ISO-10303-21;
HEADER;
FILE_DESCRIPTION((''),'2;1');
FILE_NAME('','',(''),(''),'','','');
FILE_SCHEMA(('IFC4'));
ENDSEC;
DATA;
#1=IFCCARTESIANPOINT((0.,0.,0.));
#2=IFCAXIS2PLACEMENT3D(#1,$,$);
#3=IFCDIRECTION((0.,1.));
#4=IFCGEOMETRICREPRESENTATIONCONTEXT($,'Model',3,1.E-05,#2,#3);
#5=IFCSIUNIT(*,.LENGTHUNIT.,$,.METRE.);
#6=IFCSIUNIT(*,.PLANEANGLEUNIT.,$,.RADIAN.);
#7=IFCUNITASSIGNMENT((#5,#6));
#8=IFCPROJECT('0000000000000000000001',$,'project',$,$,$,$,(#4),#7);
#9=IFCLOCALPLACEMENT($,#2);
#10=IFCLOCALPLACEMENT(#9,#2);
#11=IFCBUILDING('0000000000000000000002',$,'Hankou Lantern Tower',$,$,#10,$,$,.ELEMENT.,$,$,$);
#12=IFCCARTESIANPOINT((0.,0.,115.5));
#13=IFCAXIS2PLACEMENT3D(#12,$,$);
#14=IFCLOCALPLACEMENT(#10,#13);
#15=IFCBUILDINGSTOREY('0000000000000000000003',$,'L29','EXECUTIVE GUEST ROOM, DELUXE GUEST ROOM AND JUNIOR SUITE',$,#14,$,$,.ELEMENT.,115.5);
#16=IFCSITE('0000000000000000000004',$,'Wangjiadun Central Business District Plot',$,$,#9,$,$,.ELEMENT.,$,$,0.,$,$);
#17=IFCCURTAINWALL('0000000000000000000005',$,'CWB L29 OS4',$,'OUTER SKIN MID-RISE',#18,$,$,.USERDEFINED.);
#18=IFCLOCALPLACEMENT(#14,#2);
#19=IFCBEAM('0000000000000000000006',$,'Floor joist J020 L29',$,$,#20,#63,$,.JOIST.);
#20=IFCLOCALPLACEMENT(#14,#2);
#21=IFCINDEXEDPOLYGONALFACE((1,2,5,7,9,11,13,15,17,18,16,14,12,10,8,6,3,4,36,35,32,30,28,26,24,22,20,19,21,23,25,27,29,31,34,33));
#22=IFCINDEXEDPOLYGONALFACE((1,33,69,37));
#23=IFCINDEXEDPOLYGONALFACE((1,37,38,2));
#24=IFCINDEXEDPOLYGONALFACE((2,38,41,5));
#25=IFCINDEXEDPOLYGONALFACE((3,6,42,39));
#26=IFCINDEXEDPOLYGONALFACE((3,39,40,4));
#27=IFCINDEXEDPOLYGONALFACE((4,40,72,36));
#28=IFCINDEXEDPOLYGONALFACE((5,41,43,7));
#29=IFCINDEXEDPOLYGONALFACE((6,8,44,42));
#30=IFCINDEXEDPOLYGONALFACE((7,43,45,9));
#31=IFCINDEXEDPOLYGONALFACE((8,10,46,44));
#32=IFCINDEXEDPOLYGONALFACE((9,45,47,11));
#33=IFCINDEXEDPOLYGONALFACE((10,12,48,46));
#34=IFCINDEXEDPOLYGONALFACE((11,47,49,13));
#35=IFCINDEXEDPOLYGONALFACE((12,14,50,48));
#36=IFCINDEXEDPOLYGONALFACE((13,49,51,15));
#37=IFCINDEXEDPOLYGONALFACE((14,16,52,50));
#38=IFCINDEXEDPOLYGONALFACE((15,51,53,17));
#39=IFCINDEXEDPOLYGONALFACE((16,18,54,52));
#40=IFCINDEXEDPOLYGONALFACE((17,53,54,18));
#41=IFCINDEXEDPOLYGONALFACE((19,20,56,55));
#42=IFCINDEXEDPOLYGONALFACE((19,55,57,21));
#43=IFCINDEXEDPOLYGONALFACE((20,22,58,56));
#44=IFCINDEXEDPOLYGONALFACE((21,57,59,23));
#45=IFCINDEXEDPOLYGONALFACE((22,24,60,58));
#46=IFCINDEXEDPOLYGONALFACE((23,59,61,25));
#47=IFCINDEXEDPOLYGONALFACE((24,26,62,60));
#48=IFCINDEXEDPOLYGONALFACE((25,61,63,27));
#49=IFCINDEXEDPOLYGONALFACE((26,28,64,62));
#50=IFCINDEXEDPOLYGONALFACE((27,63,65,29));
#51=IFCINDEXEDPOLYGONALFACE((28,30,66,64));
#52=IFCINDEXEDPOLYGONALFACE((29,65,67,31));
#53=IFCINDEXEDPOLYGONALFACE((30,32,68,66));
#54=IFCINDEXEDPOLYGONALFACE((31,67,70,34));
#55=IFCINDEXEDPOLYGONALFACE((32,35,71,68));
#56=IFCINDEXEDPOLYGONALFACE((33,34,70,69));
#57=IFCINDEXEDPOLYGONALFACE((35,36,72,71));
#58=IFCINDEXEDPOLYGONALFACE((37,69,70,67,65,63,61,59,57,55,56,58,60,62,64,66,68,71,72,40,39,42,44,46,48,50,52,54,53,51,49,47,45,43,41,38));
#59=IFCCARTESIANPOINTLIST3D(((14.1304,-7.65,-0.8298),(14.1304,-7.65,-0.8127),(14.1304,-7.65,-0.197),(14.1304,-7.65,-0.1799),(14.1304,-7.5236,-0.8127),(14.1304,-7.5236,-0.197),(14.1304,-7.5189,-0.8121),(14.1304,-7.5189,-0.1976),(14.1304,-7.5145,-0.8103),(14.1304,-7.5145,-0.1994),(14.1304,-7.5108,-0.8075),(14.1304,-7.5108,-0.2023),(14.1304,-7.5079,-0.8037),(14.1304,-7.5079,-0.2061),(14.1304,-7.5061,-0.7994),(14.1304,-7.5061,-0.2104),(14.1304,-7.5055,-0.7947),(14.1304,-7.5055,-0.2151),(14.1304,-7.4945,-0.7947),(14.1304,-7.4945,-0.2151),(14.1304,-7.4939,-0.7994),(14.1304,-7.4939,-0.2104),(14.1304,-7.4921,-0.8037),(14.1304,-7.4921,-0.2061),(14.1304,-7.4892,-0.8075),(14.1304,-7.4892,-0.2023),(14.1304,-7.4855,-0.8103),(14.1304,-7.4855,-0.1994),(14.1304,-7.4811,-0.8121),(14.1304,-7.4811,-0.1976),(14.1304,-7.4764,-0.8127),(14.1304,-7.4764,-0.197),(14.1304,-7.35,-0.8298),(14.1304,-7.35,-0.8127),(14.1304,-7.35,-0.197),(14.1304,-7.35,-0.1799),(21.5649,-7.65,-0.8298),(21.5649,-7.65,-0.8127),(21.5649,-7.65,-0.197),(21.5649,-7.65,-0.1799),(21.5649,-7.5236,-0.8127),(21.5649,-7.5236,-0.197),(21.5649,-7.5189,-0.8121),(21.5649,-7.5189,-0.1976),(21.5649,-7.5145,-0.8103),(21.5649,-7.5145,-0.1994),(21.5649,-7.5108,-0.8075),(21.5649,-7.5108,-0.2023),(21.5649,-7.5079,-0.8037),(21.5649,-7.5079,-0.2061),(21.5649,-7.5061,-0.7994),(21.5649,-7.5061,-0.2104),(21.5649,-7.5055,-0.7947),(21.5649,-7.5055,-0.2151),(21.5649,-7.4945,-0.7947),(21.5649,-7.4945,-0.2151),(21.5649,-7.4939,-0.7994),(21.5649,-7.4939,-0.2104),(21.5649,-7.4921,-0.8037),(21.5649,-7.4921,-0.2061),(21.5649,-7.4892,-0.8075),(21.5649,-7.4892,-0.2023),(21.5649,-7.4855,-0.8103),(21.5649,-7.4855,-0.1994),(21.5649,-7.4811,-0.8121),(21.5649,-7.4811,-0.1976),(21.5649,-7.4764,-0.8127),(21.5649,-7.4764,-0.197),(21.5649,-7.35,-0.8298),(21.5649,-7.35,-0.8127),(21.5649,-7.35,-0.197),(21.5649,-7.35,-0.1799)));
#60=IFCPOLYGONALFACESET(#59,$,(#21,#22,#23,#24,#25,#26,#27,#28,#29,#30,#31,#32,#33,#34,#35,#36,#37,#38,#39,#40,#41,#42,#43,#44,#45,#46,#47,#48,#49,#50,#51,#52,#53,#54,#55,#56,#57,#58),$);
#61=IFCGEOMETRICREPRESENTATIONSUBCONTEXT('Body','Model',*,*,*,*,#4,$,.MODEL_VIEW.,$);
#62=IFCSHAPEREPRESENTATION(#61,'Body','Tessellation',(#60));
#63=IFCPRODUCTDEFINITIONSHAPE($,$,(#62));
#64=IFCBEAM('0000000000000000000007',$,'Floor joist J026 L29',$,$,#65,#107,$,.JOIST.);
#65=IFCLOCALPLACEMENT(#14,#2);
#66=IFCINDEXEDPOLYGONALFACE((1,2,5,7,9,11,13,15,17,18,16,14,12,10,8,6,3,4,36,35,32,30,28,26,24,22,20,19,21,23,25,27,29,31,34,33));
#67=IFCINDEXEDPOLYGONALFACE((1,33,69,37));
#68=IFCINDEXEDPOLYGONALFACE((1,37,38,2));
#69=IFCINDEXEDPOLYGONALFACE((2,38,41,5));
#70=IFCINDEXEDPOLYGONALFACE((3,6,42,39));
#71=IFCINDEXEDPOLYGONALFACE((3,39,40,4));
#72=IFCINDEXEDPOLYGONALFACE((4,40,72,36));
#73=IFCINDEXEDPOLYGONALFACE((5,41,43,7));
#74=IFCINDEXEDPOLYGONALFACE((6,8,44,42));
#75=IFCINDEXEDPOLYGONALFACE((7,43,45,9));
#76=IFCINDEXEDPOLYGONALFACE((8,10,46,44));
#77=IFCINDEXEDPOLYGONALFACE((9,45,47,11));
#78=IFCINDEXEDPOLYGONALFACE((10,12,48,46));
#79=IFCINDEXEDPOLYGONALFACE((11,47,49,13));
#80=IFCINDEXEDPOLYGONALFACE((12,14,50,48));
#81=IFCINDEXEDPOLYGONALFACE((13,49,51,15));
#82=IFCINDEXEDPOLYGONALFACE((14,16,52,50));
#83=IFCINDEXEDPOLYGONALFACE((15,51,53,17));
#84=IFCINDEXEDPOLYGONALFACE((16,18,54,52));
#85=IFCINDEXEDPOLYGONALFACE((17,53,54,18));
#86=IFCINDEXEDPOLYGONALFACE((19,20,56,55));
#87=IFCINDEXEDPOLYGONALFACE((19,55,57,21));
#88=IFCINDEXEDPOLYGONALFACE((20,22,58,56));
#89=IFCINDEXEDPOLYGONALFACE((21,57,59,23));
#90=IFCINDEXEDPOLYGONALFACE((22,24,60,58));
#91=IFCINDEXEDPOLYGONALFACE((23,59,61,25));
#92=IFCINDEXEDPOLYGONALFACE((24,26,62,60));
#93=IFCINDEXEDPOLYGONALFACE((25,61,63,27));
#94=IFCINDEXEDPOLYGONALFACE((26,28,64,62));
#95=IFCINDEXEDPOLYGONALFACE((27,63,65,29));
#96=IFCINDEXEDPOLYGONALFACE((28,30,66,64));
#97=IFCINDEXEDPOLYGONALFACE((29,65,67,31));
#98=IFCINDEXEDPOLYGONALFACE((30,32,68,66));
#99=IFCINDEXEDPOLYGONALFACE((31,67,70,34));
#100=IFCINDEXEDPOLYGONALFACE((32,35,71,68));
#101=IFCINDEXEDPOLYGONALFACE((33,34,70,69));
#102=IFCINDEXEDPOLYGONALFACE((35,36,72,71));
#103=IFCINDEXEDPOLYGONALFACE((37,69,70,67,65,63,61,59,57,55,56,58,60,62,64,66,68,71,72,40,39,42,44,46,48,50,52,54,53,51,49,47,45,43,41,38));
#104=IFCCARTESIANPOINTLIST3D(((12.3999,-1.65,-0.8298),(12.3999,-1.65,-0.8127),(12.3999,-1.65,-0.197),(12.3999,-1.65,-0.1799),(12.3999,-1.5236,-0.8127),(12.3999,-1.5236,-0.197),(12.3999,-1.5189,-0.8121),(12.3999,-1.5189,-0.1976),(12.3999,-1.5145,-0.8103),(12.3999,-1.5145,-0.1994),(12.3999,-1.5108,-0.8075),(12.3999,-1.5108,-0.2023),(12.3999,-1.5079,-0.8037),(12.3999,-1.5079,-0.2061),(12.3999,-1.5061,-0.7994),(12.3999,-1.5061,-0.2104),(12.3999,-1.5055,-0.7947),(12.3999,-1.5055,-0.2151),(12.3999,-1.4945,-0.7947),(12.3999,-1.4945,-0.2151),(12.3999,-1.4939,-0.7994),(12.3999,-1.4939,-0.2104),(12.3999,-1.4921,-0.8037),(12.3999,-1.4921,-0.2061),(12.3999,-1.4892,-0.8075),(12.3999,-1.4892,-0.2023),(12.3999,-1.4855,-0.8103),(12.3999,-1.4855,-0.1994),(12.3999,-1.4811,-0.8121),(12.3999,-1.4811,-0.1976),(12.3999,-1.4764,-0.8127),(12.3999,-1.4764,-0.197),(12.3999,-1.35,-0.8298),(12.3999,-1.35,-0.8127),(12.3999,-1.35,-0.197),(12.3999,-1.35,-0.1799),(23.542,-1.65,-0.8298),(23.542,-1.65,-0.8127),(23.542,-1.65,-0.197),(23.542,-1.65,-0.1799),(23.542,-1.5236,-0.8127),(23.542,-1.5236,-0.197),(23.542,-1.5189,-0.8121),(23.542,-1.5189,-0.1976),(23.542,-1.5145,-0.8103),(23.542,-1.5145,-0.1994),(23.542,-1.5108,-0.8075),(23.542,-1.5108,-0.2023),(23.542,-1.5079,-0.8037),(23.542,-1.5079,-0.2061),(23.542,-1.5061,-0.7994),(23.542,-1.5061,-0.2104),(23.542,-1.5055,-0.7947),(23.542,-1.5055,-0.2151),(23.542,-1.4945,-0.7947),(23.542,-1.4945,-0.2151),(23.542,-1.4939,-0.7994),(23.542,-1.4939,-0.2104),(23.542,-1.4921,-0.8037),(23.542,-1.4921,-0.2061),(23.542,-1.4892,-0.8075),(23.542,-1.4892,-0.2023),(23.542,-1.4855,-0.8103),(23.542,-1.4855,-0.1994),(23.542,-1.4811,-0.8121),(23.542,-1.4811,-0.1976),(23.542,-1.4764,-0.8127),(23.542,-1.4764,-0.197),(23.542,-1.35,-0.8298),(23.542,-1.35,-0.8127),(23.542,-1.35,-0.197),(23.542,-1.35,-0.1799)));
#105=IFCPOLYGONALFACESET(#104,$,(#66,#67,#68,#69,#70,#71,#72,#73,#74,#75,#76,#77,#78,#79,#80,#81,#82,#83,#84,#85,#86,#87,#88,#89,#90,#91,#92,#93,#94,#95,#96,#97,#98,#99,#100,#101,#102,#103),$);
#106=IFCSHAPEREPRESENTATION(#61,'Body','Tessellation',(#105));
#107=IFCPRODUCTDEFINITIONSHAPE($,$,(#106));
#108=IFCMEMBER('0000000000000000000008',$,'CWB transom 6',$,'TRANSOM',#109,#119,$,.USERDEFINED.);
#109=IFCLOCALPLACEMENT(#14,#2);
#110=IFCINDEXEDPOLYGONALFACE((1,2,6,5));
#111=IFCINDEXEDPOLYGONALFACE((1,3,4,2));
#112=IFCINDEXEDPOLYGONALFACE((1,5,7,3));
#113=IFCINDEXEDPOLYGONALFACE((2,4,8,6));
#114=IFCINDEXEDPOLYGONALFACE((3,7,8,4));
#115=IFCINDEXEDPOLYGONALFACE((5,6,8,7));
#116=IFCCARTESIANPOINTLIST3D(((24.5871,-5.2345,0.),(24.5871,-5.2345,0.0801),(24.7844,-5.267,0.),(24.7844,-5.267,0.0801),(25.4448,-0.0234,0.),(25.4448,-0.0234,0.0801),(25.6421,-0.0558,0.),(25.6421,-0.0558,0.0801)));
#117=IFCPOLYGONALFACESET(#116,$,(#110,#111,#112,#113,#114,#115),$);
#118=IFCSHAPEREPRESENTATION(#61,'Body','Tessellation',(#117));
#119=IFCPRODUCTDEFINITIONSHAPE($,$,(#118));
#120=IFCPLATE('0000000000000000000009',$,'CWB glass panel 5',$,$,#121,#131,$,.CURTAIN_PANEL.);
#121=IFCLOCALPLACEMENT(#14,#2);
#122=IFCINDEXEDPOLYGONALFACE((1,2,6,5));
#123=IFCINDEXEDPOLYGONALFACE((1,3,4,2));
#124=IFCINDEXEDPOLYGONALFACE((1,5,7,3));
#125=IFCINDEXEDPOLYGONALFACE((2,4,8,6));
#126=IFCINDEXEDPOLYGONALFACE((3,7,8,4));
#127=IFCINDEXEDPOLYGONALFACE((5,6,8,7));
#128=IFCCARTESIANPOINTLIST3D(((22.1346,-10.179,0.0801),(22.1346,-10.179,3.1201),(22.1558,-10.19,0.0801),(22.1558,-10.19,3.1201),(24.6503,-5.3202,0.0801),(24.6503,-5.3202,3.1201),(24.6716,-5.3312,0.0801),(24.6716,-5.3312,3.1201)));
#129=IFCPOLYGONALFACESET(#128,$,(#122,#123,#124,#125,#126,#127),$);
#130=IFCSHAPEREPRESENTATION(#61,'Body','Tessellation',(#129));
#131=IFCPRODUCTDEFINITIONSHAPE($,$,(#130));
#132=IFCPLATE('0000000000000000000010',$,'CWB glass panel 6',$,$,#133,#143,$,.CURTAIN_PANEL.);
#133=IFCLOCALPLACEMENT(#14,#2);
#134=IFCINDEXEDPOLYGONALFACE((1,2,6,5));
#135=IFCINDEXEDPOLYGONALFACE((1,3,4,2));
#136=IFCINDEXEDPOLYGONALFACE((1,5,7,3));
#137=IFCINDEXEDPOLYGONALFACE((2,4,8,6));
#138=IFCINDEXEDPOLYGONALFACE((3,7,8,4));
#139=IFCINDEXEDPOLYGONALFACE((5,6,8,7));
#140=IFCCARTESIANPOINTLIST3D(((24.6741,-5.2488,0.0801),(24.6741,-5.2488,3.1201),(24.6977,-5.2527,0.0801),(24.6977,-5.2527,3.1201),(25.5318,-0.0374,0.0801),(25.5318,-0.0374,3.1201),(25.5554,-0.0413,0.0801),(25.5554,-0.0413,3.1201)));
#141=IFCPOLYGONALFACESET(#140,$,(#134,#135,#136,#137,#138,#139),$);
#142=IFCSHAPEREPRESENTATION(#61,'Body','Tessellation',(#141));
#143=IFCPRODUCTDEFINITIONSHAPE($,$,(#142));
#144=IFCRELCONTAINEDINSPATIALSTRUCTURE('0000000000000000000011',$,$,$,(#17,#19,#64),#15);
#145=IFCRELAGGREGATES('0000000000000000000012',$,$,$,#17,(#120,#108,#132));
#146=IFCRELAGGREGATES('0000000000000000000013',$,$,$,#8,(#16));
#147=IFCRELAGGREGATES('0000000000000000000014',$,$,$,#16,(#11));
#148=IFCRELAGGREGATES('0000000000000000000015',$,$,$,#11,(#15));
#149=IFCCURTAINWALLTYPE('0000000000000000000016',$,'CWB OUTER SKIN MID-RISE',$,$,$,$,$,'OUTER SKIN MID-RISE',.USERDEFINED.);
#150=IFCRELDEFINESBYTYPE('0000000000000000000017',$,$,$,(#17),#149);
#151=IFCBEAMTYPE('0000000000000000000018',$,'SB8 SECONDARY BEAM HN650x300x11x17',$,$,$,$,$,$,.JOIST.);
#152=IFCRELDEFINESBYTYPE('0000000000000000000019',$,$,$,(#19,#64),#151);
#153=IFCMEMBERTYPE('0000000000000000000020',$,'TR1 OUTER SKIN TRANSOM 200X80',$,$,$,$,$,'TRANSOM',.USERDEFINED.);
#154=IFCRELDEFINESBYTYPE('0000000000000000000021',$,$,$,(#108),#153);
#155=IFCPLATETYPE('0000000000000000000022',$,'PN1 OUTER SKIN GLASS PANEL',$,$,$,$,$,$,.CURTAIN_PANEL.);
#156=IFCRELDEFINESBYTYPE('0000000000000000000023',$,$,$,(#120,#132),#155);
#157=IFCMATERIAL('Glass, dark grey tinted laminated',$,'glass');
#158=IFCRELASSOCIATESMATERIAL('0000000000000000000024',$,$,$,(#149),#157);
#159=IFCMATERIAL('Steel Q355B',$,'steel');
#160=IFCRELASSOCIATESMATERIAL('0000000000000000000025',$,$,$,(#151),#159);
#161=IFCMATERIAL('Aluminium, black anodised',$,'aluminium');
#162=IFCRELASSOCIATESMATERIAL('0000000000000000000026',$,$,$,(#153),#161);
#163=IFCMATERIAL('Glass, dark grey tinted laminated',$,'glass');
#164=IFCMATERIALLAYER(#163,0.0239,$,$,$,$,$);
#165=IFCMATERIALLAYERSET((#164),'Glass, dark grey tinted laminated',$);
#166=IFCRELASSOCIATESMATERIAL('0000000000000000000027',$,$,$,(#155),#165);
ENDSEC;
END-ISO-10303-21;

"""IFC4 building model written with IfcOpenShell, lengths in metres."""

from ifc_helpers import new_model, si_unit, direction, frame, origin, origin_2d, place, context, subcontext, project, spatial, rectangle, i_section, extrude, material, layer, layer_set, material_profile, profile_set, type_object, element, aggregate, save


model = new_model("IFC4")

# Units and contexts
model_context = context("Model", 3, precision=1e-05, world=origin(), true_north=direction((0.0, 1.0)))
body_context = subcontext(model_context, "Body", "Model", "MODEL_VIEW")
ifc_project = project(units=[si_unit("LENGTHUNIT", "METRE"), si_unit("PLANEANGLEUNIT", "RADIAN")], contexts=[model_context])

# Site, building, storey
site_placement = place(None, origin())
site = spatial("IfcSite", under=ifc_project, at=site_placement, Name="Wangjiadun Central Business District Plot", CompositionType="ELEMENT", RefElevation=0.0)
building_placement = place(site_placement, origin())
building = spatial("IfcBuilding", under=site, at=building_placement, Name="Hankou Lantern Tower", CompositionType="ELEMENT")
storey_placement = place(building_placement, frame((0.0, 0.0, 115.5)))
storey = spatial("IfcBuildingStorey", under=building, at=storey_placement, Name="L29", Description="EXECUTIVE GUEST ROOM, DELUXE GUEST ROOM AND JUNIOR SUITE", CompositionType="ELEMENT", Elevation=115.5)

# Curtain wall
ifc_material_1 = material(Name="Glass, dark grey tinted laminated", Category="glass")
curtain_wall_type = type_object("IfcCurtainWallType", Name="CWB OUTER SKIN MID-RISE", ElementType="OUTER SKIN MID-RISE", PredefinedType="USERDEFINED", material=ifc_material_1)
curtain_wall_placement = place(storey_placement, origin())
curtain_wall = element("IfcCurtainWall", 1, at=curtain_wall_placement, inside=storey, type_object=curtain_wall_type, Name="CWB L29 OS4", ObjectType="OUTER SKIN MID-RISE", PredefinedType="USERDEFINED")

# Beams
ifc_material_2 = material(Name="Steel Q355B", Category="steel")
ifc_material_profile_1 = material_profile(ifc_material_2, i_section(OverallWidth=0.3, OverallDepth=0.6499, WebThickness=0.011, FlangeThickness=0.0171, FilletRadius=0.0181, at=origin_2d()), Name="HN650x300x11x17")
ifc_profile_set_1 = profile_set([ifc_material_profile_1], Name="Steel Q355B")
beam_type_1 = type_object("IfcBeamType", Name="SB8 SECONDARY BEAM HN650x300x11x17", PredefinedType="JOIST", material=ifc_profile_set_1)
beam_1_placement = place(storey_placement, frame((14.1304, -7.5, -0.5049), z_axis=(1.0, 0.0, 0.0), x_axis=(0.0, 1.0, 0.0)))
element("IfcBeam", 2, at=beam_1_placement, inside=storey, type_object=beam_type_1, Name="Floor joist J020 L29", PredefinedType="JOIST", context=body_context, shape_type="SweptSolid", body=[
    extrude(i_section(OverallWidth=0.3, OverallDepth=0.6499, WebThickness=0.011, FlangeThickness=0.0171, FilletRadius=0.0181, at=origin_2d()), origin(), (0.0, 0.0, 1.0), 7.4346),
])
beam_2_placement = place(storey_placement, frame((12.3999, -1.5, -0.5049), z_axis=(1.0, 0.0, 0.0), x_axis=(0.0, 1.0, 0.0)))
element("IfcBeam", 3, at=beam_2_placement, inside=storey, type_object=beam_type_1, Name="Floor joist J026 L29", PredefinedType="JOIST", context=body_context, shape_type="SweptSolid", body=[
    extrude(i_section(OverallWidth=0.3, OverallDepth=0.6499, WebThickness=0.011, FlangeThickness=0.0171, FilletRadius=0.0181, at=origin_2d()), origin(), (0.0, 0.0, 1.0), 11.1421),
])

# Member
ifc_material_3 = material(Name="Aluminium, black anodised", Category="aluminium")
ifc_material_profile_2 = material_profile(ifc_material_3, rectangle(XDim=0.2, YDim=0.0801, at=origin_2d()), Name="TR1 200X80")
ifc_profile_set_2 = profile_set([ifc_material_profile_2], Name="Aluminium, black anodised")
member_type_1 = type_object("IfcMemberType", Name="TR1 OUTER SKIN TRANSOM 200X80", ElementType="TRANSOM", PredefinedType="USERDEFINED", material=ifc_profile_set_2)
member_1_placement = place(storey_placement, frame((24.6858, -5.2507, 0.04), z_axis=(0.162397, 0.986725, 0.0), x_axis=(-0.986725, 0.162397, 0.0)))
member_1 = element("IfcMember", 4, at=member_1_placement, type_object=member_type_1, Name="CWB transom 6", ObjectType="TRANSOM", PredefinedType="USERDEFINED", context=body_context, shape_type="SweptSolid", body=[
    extrude(rectangle(XDim=0.2, YDim=0.0801, at=origin_2d()), origin(), (0.0, 0.0, 1.0), 5.2812),
])

# Plates
ifc_material_4 = material(Name="Glass, dark grey tinted laminated", Category="glass")
ifc_layer_1 = layer(ifc_material_4, 0.0239)
ifc_layer_set_1 = layer_set([ifc_layer_1], Name="Glass, dark grey tinted laminated")
plate_type = type_object("IfcPlateType", Name="PN1 OUTER SKIN GLASS PANEL", PredefinedType="CURTAIN_PANEL", material=ifc_layer_set_1)
plate_1_placement = place(storey_placement, frame((23.4031, -7.7551, 0.0801), z_axis=(0.0, 0.0, 1.0), x_axis=(0.459791, 0.888027, 0.0)))
plate_1 = element("IfcPlate", 5, at=plate_1_placement, type_object=plate_type, Name="CWB glass panel 5", PredefinedType="CURTAIN_PANEL", context=body_context, shape_type="SweptSolid", body=[
    extrude(rectangle(XDim=5.4714, YDim=0.0239, at=origin_2d()), origin(), (0.0, 0.0, 1.0), 3.04),
])
plate_2_placement = place(storey_placement, frame((25.1147, -2.645, 0.0801), z_axis=(0.0, 0.0, 1.0), x_axis=(0.162382, 0.986728, 0.0)))
plate_2 = element("IfcPlate", 6, at=plate_2_placement, type_object=plate_type, Name="CWB glass panel 6", PredefinedType="CURTAIN_PANEL", context=body_context, shape_type="SweptSolid", body=[
    extrude(rectangle(XDim=5.2815, YDim=0.0239, at=origin_2d()), origin(), (0.0, 0.0, 1.0), 3.04),
])
aggregate(curtain_wall, [plate_1, member_1, plate_2])

save(model, "model.ifc")
